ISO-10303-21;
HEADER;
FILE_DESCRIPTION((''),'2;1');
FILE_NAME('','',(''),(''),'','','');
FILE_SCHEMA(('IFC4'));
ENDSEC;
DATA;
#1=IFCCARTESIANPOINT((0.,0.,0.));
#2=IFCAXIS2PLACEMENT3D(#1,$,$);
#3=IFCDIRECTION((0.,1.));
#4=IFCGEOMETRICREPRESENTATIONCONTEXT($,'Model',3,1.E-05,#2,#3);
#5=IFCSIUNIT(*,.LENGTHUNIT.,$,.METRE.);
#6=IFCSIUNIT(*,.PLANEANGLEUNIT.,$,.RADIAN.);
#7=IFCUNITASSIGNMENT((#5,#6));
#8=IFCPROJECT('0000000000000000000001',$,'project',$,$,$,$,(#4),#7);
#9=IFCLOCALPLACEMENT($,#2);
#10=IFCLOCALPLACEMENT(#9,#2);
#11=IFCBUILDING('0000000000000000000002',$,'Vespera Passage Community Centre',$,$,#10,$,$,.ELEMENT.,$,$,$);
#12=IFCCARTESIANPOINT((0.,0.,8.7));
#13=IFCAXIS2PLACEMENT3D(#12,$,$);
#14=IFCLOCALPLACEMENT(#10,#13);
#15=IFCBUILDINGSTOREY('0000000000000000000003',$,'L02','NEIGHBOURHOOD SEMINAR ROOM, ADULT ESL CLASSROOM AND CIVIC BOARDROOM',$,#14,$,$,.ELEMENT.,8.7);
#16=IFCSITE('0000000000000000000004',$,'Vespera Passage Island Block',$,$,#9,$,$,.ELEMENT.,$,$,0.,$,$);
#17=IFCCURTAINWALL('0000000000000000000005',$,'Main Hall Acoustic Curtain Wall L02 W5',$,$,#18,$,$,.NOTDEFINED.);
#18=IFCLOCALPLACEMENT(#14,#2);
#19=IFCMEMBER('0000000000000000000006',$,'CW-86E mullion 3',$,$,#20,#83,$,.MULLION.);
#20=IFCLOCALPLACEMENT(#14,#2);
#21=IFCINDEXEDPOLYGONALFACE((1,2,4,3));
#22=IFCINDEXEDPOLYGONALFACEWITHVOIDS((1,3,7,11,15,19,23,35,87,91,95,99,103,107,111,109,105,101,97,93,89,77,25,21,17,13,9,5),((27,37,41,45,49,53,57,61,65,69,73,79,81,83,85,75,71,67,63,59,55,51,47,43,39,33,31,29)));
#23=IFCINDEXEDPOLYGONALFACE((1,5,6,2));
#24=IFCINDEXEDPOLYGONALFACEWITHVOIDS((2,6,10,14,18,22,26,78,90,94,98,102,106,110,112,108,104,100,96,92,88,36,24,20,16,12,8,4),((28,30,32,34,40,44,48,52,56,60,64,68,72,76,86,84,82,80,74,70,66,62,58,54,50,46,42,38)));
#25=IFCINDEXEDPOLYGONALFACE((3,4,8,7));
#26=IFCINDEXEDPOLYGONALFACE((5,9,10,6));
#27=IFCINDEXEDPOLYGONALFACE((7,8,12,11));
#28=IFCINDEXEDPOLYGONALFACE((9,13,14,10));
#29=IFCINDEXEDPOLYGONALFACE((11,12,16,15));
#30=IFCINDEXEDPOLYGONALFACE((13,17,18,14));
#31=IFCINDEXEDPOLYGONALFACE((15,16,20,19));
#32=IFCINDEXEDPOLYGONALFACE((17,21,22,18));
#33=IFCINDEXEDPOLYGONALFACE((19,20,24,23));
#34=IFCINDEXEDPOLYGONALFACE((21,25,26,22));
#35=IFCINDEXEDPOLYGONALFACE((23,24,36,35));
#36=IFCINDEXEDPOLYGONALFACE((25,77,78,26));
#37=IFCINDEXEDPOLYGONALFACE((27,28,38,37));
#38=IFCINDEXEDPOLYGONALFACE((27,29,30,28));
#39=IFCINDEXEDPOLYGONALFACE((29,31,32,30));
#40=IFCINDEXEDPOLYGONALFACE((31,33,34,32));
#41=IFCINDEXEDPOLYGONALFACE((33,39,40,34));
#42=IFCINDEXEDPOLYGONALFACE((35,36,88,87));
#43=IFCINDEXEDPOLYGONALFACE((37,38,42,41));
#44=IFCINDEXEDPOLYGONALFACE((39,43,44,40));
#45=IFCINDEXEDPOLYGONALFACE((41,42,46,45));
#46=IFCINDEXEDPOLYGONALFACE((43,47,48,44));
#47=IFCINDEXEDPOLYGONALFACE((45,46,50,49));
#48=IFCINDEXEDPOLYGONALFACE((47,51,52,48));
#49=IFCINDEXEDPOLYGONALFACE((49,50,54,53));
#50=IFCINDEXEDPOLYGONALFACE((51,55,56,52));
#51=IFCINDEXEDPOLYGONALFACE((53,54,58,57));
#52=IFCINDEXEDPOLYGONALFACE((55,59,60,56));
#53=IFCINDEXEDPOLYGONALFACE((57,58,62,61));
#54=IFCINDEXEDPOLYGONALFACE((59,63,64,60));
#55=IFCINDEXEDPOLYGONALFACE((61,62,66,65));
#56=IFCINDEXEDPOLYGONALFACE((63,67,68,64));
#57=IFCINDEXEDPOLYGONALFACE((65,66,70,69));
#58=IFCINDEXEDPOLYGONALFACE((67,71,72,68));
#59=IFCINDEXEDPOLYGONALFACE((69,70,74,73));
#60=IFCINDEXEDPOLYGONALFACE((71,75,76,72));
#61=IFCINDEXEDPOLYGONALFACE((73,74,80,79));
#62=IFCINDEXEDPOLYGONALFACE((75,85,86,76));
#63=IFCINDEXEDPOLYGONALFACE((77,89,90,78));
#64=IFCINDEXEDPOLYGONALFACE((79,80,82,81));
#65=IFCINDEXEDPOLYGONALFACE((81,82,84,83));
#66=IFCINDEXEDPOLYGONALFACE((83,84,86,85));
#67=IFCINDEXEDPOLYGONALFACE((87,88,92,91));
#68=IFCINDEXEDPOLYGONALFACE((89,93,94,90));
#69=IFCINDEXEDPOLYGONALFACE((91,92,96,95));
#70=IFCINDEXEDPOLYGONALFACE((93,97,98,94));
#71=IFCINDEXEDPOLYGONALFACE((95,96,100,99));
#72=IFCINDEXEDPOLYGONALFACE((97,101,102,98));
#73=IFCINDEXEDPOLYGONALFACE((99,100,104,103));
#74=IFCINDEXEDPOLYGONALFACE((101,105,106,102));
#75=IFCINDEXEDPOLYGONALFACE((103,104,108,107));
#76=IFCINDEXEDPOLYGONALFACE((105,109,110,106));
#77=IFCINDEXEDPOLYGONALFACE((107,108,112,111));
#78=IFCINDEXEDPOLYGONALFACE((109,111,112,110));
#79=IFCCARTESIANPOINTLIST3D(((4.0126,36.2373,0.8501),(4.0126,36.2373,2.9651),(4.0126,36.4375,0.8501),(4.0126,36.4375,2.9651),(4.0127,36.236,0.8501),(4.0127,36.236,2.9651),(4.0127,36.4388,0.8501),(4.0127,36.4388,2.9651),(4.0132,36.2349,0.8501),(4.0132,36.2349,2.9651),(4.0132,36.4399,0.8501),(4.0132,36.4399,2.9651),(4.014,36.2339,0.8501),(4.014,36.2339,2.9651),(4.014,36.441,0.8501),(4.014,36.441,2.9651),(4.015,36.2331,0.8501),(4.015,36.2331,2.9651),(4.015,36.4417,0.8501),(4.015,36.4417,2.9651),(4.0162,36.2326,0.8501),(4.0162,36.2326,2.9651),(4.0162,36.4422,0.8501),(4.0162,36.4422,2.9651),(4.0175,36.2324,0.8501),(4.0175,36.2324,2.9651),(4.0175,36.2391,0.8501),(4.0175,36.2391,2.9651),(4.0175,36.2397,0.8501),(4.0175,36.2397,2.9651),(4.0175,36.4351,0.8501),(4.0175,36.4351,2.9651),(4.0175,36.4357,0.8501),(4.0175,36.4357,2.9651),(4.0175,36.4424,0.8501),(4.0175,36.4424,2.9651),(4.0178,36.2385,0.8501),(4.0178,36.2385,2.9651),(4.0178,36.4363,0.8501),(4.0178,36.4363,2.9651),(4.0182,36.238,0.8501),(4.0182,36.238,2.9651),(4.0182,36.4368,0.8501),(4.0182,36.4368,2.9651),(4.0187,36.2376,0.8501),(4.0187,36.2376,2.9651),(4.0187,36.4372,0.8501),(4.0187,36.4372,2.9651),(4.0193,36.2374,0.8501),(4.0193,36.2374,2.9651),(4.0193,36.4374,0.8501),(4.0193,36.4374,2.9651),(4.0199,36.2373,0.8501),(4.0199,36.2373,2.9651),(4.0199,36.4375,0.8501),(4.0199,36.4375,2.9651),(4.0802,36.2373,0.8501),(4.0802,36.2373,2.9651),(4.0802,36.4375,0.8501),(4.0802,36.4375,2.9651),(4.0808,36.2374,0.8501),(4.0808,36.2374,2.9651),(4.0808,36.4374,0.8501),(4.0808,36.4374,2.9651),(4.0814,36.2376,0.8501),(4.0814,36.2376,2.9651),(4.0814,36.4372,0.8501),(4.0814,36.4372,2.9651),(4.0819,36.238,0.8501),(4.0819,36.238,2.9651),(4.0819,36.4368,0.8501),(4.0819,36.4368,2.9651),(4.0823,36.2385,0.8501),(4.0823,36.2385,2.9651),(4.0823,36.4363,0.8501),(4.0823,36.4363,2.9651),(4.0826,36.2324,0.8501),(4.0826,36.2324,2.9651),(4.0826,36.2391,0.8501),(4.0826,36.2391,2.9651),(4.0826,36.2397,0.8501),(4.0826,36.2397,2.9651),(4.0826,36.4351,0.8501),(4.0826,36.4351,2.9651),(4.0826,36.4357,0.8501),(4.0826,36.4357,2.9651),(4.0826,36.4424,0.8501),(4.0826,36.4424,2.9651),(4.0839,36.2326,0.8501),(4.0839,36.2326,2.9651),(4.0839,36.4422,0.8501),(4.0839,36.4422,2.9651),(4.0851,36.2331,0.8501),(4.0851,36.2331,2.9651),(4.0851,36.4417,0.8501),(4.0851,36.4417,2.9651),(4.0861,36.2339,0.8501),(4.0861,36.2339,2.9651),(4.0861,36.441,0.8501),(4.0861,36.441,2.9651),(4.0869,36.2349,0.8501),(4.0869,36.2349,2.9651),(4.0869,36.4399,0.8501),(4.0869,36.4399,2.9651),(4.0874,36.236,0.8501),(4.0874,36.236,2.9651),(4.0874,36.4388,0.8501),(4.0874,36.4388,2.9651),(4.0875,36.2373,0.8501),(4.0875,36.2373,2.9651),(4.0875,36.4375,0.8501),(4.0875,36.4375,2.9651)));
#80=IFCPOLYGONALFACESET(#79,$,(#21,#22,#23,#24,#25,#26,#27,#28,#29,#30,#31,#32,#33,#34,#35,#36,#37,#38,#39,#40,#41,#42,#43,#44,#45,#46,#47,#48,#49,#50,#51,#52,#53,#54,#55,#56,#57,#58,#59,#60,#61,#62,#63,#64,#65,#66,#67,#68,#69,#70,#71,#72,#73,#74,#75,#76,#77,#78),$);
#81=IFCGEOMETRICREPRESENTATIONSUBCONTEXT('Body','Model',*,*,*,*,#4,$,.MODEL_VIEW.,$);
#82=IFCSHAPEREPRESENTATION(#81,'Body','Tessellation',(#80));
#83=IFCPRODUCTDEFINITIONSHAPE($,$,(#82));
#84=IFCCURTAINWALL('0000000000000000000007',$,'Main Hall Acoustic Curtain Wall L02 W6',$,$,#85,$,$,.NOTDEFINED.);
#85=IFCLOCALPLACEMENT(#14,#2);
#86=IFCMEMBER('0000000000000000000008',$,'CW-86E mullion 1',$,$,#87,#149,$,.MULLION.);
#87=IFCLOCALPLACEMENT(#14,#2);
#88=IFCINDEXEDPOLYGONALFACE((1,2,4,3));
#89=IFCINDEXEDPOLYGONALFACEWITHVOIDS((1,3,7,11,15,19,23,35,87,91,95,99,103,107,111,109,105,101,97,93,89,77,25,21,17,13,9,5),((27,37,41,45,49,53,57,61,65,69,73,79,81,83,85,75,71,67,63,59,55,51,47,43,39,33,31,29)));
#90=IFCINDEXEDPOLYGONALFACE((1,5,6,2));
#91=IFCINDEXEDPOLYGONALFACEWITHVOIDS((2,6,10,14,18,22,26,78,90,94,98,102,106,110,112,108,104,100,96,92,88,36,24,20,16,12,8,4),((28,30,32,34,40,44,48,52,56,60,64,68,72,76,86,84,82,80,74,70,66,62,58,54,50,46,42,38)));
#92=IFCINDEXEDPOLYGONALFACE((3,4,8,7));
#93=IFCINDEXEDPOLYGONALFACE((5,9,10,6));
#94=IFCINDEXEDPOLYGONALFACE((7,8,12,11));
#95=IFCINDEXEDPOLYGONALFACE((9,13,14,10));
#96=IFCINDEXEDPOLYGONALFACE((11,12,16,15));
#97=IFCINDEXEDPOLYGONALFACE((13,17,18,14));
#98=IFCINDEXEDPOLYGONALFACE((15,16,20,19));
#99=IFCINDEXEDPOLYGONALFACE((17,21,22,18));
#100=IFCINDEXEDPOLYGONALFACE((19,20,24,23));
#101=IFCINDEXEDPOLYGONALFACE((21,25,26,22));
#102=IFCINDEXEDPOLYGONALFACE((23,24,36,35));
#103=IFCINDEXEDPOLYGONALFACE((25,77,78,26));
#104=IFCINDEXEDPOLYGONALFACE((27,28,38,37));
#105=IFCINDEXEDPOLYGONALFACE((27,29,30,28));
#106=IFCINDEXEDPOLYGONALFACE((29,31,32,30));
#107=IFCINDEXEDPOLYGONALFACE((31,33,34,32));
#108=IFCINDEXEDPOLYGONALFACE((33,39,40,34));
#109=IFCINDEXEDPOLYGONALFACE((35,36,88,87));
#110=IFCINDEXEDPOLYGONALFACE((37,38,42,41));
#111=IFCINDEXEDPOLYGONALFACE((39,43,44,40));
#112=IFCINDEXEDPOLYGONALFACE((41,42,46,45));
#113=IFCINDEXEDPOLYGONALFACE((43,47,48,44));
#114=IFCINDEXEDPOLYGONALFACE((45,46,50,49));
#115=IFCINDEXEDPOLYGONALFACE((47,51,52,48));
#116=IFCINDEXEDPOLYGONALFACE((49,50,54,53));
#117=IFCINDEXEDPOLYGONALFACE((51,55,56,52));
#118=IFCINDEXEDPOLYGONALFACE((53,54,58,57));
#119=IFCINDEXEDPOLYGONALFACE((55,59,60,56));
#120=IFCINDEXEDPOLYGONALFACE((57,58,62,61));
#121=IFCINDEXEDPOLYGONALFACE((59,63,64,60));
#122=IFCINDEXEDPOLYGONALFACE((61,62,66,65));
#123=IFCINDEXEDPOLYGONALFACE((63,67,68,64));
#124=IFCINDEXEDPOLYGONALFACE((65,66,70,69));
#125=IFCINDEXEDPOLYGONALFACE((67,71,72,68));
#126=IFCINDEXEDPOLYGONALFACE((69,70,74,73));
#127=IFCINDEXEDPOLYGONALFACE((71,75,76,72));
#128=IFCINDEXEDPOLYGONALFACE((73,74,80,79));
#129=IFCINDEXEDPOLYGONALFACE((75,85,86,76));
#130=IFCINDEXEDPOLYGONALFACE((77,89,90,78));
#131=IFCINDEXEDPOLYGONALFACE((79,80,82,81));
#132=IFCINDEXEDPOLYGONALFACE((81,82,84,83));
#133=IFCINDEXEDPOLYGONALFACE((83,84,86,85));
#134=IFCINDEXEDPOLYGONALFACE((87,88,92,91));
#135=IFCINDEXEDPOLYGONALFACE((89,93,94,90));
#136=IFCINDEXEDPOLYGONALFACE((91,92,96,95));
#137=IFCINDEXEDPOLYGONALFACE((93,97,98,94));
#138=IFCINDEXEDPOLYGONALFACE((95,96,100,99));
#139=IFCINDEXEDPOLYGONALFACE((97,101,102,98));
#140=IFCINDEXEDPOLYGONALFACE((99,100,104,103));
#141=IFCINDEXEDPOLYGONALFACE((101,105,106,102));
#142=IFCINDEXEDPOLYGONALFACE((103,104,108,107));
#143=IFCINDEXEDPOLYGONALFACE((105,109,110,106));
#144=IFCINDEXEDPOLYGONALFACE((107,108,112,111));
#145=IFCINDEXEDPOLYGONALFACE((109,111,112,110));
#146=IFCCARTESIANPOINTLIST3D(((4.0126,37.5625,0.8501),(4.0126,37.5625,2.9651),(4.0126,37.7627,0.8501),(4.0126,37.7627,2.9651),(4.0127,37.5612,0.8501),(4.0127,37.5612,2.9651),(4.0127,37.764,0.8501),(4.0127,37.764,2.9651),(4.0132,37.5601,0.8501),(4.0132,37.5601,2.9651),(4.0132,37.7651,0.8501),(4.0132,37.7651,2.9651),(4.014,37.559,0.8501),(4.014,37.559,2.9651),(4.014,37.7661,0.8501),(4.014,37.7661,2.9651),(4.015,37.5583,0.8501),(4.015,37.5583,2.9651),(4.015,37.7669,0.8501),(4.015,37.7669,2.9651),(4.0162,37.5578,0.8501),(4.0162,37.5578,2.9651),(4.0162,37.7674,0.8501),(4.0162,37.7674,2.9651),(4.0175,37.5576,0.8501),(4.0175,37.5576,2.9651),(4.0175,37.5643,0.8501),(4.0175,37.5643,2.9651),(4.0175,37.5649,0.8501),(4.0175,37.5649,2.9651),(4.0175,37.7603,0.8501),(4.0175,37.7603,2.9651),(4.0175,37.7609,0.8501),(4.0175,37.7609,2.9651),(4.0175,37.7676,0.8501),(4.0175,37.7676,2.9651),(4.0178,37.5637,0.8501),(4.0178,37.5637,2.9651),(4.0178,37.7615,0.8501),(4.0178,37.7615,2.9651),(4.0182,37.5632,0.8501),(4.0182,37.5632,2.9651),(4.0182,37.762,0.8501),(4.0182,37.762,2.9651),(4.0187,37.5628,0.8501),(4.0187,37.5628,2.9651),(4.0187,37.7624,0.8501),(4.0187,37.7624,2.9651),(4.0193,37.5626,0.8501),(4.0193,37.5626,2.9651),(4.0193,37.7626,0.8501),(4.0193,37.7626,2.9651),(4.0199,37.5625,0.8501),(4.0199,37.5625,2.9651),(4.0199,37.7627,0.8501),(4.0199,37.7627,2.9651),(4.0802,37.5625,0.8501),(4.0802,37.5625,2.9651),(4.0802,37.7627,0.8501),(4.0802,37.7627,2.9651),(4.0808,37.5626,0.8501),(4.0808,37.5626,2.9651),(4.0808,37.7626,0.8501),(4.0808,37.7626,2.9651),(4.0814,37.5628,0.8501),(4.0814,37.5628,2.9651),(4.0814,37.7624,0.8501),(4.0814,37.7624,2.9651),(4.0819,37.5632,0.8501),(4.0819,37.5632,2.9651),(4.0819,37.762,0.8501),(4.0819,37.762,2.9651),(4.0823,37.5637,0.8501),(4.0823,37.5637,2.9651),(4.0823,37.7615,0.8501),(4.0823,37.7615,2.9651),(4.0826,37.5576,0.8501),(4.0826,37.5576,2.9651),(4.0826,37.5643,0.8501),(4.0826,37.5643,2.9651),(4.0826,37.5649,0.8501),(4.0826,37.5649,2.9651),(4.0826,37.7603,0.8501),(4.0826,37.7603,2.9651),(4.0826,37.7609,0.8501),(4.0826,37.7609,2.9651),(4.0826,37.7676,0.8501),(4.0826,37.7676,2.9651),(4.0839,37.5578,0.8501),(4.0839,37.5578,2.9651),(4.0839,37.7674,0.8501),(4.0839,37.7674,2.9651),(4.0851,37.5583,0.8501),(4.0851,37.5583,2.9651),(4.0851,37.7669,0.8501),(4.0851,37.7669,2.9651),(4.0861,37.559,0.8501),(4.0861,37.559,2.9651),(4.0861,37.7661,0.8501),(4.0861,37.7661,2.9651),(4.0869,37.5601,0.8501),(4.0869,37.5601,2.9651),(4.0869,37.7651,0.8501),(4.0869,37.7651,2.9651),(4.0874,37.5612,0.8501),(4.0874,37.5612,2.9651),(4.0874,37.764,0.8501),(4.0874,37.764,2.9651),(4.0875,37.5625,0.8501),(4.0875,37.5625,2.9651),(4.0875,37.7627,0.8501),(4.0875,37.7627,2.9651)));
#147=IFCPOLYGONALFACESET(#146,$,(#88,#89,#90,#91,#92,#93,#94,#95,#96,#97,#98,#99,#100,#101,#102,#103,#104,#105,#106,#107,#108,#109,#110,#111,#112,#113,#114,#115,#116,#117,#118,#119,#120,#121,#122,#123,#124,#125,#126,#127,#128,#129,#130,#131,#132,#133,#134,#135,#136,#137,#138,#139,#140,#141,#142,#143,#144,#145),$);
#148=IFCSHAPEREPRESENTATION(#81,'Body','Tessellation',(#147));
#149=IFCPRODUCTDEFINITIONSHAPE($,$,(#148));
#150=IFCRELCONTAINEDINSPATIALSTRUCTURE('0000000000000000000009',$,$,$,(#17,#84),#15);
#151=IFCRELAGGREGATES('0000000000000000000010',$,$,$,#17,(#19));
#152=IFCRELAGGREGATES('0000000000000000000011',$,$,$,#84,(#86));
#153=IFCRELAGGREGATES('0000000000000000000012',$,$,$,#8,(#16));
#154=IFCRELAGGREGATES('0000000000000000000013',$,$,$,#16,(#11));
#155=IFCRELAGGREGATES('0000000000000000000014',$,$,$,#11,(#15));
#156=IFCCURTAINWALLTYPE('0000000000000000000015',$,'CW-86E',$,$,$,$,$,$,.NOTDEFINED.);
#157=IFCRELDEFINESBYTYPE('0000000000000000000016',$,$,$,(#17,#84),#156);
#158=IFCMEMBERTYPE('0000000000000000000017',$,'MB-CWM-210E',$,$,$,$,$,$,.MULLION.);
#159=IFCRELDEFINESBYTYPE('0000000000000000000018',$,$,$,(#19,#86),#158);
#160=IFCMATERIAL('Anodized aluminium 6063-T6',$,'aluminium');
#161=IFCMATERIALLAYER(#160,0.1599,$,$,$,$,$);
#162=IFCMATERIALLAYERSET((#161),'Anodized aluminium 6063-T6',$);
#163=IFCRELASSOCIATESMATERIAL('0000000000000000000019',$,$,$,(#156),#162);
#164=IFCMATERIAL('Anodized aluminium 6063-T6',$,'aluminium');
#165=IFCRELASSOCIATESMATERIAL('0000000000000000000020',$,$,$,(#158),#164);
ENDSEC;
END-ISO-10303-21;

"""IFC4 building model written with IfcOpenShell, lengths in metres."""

from ifc_helpers import new_model, si_unit, direction, frame, origin, origin_2d, place, context, subcontext, project, spatial, hollow_rectangle, extrude, material, layer, layer_set, material_profile, profile_set, type_object, element, aggregate, save


model = new_model("IFC4")

# Units and contexts
model_context = context("Model", 3, precision=1e-05, world=origin(), true_north=direction((0.0, 1.0)))
body_context = subcontext(model_context, "Body", "Model", "MODEL_VIEW")
ifc_project = project(units=[si_unit("LENGTHUNIT", "METRE"), si_unit("PLANEANGLEUNIT", "RADIAN")], contexts=[model_context])

# Site, building, storey
site_placement = place(None, origin())
site = spatial("IfcSite", under=ifc_project, at=site_placement, Name="Vespera Passage Island Block", CompositionType="ELEMENT", RefElevation=0.0)
building_placement = place(site_placement, origin())
building = spatial("IfcBuilding", under=site, at=building_placement, Name="Vespera Passage Community Centre", CompositionType="ELEMENT")
storey_placement = place(building_placement, frame((0.0, 0.0, 8.7)))
storey = spatial("IfcBuildingStorey", under=building, at=storey_placement, Name="L02", Description="NEIGHBOURHOOD SEMINAR ROOM, ADULT ESL CLASSROOM AND CIVIC BOARDROOM", CompositionType="ELEMENT", Elevation=8.7)

# Curtain walls, members
ifc_material_1 = material(Name="Anodized aluminium 6063-T6", Category="aluminium")
ifc_layer_1 = layer(ifc_material_1, 0.1599)
ifc_layer_set_1 = layer_set([ifc_layer_1], Name="Anodized aluminium 6063-T6")
curtain_wall_type = type_object("IfcCurtainWallType", Name="CW-86E", PredefinedType="NOTDEFINED", material=ifc_layer_set_1)
curtain_wall_1_placement = place(storey_placement, origin())
curtain_wall_1 = element("IfcCurtainWall", 1, at=curtain_wall_1_placement, inside=storey, type_object=curtain_wall_type, Name="Main Hall Acoustic Curtain Wall L02 W5", PredefinedType="NOTDEFINED")
ifc_material_2 = material(Name="Anodized aluminium 6063-T6", Category="aluminium")
ifc_material_profile_1 = material_profile(ifc_material_2, hollow_rectangle(XDim=0.075, YDim=0.21, WallThickness=0.0049, InnerFilletRadius=0.0024, OuterFilletRadius=0.0049, at=origin_2d()), Name="ALU210X75X5")
ifc_profile_set_1 = profile_set([ifc_material_profile_1], Name="Anodized aluminium 6063-T6")
member_type_1 = type_object("IfcMemberType", Name="MB-CWM-210E", PredefinedType="MULLION", material=ifc_profile_set_1)
member_1_placement = place(storey_placement, frame((4.05, 36.3374, 0.8501), z_axis=(0.0, 0.0, 1.0), x_axis=(-1.0, 0.0, 0.0)))
member_1 = element("IfcMember", 2, at=member_1_placement, type_object=member_type_1, Name="CW-86E mullion 3", PredefinedType="MULLION", context=body_context, shape_type="SweptSolid", body=[
    extrude(hollow_rectangle(XDim=0.075, YDim=0.21, WallThickness=0.0049, InnerFilletRadius=0.0024, OuterFilletRadius=0.0049, at=origin_2d()), origin(), (0.0, 0.0, 1.0), 2.115),
])
curtain_wall_2_placement = place(storey_placement, origin())
curtain_wall_2 = element("IfcCurtainWall", 3, at=curtain_wall_2_placement, inside=storey, type_object=curtain_wall_type, Name="Main Hall Acoustic Curtain Wall L02 W6", PredefinedType="NOTDEFINED")
member_2_placement = place(storey_placement, frame((4.05, 37.6626, 0.8501), z_axis=(0.0, 0.0, 1.0), x_axis=(-1.0, 0.0, 0.0)))
member_2 = element("IfcMember", 4, at=member_2_placement, type_object=member_type_1, Name="CW-86E mullion 1", PredefinedType="MULLION", context=body_context, shape_type="SweptSolid", body=[
    extrude(hollow_rectangle(XDim=0.075, YDim=0.21, WallThickness=0.0049, InnerFilletRadius=0.0024, OuterFilletRadius=0.0049, at=origin_2d()), origin(), (0.0, 0.0, 1.0), 2.115),
])

aggregate(curtain_wall_1, [member_1])
aggregate(curtain_wall_2, [member_2])

save(model, "model.ifc")
